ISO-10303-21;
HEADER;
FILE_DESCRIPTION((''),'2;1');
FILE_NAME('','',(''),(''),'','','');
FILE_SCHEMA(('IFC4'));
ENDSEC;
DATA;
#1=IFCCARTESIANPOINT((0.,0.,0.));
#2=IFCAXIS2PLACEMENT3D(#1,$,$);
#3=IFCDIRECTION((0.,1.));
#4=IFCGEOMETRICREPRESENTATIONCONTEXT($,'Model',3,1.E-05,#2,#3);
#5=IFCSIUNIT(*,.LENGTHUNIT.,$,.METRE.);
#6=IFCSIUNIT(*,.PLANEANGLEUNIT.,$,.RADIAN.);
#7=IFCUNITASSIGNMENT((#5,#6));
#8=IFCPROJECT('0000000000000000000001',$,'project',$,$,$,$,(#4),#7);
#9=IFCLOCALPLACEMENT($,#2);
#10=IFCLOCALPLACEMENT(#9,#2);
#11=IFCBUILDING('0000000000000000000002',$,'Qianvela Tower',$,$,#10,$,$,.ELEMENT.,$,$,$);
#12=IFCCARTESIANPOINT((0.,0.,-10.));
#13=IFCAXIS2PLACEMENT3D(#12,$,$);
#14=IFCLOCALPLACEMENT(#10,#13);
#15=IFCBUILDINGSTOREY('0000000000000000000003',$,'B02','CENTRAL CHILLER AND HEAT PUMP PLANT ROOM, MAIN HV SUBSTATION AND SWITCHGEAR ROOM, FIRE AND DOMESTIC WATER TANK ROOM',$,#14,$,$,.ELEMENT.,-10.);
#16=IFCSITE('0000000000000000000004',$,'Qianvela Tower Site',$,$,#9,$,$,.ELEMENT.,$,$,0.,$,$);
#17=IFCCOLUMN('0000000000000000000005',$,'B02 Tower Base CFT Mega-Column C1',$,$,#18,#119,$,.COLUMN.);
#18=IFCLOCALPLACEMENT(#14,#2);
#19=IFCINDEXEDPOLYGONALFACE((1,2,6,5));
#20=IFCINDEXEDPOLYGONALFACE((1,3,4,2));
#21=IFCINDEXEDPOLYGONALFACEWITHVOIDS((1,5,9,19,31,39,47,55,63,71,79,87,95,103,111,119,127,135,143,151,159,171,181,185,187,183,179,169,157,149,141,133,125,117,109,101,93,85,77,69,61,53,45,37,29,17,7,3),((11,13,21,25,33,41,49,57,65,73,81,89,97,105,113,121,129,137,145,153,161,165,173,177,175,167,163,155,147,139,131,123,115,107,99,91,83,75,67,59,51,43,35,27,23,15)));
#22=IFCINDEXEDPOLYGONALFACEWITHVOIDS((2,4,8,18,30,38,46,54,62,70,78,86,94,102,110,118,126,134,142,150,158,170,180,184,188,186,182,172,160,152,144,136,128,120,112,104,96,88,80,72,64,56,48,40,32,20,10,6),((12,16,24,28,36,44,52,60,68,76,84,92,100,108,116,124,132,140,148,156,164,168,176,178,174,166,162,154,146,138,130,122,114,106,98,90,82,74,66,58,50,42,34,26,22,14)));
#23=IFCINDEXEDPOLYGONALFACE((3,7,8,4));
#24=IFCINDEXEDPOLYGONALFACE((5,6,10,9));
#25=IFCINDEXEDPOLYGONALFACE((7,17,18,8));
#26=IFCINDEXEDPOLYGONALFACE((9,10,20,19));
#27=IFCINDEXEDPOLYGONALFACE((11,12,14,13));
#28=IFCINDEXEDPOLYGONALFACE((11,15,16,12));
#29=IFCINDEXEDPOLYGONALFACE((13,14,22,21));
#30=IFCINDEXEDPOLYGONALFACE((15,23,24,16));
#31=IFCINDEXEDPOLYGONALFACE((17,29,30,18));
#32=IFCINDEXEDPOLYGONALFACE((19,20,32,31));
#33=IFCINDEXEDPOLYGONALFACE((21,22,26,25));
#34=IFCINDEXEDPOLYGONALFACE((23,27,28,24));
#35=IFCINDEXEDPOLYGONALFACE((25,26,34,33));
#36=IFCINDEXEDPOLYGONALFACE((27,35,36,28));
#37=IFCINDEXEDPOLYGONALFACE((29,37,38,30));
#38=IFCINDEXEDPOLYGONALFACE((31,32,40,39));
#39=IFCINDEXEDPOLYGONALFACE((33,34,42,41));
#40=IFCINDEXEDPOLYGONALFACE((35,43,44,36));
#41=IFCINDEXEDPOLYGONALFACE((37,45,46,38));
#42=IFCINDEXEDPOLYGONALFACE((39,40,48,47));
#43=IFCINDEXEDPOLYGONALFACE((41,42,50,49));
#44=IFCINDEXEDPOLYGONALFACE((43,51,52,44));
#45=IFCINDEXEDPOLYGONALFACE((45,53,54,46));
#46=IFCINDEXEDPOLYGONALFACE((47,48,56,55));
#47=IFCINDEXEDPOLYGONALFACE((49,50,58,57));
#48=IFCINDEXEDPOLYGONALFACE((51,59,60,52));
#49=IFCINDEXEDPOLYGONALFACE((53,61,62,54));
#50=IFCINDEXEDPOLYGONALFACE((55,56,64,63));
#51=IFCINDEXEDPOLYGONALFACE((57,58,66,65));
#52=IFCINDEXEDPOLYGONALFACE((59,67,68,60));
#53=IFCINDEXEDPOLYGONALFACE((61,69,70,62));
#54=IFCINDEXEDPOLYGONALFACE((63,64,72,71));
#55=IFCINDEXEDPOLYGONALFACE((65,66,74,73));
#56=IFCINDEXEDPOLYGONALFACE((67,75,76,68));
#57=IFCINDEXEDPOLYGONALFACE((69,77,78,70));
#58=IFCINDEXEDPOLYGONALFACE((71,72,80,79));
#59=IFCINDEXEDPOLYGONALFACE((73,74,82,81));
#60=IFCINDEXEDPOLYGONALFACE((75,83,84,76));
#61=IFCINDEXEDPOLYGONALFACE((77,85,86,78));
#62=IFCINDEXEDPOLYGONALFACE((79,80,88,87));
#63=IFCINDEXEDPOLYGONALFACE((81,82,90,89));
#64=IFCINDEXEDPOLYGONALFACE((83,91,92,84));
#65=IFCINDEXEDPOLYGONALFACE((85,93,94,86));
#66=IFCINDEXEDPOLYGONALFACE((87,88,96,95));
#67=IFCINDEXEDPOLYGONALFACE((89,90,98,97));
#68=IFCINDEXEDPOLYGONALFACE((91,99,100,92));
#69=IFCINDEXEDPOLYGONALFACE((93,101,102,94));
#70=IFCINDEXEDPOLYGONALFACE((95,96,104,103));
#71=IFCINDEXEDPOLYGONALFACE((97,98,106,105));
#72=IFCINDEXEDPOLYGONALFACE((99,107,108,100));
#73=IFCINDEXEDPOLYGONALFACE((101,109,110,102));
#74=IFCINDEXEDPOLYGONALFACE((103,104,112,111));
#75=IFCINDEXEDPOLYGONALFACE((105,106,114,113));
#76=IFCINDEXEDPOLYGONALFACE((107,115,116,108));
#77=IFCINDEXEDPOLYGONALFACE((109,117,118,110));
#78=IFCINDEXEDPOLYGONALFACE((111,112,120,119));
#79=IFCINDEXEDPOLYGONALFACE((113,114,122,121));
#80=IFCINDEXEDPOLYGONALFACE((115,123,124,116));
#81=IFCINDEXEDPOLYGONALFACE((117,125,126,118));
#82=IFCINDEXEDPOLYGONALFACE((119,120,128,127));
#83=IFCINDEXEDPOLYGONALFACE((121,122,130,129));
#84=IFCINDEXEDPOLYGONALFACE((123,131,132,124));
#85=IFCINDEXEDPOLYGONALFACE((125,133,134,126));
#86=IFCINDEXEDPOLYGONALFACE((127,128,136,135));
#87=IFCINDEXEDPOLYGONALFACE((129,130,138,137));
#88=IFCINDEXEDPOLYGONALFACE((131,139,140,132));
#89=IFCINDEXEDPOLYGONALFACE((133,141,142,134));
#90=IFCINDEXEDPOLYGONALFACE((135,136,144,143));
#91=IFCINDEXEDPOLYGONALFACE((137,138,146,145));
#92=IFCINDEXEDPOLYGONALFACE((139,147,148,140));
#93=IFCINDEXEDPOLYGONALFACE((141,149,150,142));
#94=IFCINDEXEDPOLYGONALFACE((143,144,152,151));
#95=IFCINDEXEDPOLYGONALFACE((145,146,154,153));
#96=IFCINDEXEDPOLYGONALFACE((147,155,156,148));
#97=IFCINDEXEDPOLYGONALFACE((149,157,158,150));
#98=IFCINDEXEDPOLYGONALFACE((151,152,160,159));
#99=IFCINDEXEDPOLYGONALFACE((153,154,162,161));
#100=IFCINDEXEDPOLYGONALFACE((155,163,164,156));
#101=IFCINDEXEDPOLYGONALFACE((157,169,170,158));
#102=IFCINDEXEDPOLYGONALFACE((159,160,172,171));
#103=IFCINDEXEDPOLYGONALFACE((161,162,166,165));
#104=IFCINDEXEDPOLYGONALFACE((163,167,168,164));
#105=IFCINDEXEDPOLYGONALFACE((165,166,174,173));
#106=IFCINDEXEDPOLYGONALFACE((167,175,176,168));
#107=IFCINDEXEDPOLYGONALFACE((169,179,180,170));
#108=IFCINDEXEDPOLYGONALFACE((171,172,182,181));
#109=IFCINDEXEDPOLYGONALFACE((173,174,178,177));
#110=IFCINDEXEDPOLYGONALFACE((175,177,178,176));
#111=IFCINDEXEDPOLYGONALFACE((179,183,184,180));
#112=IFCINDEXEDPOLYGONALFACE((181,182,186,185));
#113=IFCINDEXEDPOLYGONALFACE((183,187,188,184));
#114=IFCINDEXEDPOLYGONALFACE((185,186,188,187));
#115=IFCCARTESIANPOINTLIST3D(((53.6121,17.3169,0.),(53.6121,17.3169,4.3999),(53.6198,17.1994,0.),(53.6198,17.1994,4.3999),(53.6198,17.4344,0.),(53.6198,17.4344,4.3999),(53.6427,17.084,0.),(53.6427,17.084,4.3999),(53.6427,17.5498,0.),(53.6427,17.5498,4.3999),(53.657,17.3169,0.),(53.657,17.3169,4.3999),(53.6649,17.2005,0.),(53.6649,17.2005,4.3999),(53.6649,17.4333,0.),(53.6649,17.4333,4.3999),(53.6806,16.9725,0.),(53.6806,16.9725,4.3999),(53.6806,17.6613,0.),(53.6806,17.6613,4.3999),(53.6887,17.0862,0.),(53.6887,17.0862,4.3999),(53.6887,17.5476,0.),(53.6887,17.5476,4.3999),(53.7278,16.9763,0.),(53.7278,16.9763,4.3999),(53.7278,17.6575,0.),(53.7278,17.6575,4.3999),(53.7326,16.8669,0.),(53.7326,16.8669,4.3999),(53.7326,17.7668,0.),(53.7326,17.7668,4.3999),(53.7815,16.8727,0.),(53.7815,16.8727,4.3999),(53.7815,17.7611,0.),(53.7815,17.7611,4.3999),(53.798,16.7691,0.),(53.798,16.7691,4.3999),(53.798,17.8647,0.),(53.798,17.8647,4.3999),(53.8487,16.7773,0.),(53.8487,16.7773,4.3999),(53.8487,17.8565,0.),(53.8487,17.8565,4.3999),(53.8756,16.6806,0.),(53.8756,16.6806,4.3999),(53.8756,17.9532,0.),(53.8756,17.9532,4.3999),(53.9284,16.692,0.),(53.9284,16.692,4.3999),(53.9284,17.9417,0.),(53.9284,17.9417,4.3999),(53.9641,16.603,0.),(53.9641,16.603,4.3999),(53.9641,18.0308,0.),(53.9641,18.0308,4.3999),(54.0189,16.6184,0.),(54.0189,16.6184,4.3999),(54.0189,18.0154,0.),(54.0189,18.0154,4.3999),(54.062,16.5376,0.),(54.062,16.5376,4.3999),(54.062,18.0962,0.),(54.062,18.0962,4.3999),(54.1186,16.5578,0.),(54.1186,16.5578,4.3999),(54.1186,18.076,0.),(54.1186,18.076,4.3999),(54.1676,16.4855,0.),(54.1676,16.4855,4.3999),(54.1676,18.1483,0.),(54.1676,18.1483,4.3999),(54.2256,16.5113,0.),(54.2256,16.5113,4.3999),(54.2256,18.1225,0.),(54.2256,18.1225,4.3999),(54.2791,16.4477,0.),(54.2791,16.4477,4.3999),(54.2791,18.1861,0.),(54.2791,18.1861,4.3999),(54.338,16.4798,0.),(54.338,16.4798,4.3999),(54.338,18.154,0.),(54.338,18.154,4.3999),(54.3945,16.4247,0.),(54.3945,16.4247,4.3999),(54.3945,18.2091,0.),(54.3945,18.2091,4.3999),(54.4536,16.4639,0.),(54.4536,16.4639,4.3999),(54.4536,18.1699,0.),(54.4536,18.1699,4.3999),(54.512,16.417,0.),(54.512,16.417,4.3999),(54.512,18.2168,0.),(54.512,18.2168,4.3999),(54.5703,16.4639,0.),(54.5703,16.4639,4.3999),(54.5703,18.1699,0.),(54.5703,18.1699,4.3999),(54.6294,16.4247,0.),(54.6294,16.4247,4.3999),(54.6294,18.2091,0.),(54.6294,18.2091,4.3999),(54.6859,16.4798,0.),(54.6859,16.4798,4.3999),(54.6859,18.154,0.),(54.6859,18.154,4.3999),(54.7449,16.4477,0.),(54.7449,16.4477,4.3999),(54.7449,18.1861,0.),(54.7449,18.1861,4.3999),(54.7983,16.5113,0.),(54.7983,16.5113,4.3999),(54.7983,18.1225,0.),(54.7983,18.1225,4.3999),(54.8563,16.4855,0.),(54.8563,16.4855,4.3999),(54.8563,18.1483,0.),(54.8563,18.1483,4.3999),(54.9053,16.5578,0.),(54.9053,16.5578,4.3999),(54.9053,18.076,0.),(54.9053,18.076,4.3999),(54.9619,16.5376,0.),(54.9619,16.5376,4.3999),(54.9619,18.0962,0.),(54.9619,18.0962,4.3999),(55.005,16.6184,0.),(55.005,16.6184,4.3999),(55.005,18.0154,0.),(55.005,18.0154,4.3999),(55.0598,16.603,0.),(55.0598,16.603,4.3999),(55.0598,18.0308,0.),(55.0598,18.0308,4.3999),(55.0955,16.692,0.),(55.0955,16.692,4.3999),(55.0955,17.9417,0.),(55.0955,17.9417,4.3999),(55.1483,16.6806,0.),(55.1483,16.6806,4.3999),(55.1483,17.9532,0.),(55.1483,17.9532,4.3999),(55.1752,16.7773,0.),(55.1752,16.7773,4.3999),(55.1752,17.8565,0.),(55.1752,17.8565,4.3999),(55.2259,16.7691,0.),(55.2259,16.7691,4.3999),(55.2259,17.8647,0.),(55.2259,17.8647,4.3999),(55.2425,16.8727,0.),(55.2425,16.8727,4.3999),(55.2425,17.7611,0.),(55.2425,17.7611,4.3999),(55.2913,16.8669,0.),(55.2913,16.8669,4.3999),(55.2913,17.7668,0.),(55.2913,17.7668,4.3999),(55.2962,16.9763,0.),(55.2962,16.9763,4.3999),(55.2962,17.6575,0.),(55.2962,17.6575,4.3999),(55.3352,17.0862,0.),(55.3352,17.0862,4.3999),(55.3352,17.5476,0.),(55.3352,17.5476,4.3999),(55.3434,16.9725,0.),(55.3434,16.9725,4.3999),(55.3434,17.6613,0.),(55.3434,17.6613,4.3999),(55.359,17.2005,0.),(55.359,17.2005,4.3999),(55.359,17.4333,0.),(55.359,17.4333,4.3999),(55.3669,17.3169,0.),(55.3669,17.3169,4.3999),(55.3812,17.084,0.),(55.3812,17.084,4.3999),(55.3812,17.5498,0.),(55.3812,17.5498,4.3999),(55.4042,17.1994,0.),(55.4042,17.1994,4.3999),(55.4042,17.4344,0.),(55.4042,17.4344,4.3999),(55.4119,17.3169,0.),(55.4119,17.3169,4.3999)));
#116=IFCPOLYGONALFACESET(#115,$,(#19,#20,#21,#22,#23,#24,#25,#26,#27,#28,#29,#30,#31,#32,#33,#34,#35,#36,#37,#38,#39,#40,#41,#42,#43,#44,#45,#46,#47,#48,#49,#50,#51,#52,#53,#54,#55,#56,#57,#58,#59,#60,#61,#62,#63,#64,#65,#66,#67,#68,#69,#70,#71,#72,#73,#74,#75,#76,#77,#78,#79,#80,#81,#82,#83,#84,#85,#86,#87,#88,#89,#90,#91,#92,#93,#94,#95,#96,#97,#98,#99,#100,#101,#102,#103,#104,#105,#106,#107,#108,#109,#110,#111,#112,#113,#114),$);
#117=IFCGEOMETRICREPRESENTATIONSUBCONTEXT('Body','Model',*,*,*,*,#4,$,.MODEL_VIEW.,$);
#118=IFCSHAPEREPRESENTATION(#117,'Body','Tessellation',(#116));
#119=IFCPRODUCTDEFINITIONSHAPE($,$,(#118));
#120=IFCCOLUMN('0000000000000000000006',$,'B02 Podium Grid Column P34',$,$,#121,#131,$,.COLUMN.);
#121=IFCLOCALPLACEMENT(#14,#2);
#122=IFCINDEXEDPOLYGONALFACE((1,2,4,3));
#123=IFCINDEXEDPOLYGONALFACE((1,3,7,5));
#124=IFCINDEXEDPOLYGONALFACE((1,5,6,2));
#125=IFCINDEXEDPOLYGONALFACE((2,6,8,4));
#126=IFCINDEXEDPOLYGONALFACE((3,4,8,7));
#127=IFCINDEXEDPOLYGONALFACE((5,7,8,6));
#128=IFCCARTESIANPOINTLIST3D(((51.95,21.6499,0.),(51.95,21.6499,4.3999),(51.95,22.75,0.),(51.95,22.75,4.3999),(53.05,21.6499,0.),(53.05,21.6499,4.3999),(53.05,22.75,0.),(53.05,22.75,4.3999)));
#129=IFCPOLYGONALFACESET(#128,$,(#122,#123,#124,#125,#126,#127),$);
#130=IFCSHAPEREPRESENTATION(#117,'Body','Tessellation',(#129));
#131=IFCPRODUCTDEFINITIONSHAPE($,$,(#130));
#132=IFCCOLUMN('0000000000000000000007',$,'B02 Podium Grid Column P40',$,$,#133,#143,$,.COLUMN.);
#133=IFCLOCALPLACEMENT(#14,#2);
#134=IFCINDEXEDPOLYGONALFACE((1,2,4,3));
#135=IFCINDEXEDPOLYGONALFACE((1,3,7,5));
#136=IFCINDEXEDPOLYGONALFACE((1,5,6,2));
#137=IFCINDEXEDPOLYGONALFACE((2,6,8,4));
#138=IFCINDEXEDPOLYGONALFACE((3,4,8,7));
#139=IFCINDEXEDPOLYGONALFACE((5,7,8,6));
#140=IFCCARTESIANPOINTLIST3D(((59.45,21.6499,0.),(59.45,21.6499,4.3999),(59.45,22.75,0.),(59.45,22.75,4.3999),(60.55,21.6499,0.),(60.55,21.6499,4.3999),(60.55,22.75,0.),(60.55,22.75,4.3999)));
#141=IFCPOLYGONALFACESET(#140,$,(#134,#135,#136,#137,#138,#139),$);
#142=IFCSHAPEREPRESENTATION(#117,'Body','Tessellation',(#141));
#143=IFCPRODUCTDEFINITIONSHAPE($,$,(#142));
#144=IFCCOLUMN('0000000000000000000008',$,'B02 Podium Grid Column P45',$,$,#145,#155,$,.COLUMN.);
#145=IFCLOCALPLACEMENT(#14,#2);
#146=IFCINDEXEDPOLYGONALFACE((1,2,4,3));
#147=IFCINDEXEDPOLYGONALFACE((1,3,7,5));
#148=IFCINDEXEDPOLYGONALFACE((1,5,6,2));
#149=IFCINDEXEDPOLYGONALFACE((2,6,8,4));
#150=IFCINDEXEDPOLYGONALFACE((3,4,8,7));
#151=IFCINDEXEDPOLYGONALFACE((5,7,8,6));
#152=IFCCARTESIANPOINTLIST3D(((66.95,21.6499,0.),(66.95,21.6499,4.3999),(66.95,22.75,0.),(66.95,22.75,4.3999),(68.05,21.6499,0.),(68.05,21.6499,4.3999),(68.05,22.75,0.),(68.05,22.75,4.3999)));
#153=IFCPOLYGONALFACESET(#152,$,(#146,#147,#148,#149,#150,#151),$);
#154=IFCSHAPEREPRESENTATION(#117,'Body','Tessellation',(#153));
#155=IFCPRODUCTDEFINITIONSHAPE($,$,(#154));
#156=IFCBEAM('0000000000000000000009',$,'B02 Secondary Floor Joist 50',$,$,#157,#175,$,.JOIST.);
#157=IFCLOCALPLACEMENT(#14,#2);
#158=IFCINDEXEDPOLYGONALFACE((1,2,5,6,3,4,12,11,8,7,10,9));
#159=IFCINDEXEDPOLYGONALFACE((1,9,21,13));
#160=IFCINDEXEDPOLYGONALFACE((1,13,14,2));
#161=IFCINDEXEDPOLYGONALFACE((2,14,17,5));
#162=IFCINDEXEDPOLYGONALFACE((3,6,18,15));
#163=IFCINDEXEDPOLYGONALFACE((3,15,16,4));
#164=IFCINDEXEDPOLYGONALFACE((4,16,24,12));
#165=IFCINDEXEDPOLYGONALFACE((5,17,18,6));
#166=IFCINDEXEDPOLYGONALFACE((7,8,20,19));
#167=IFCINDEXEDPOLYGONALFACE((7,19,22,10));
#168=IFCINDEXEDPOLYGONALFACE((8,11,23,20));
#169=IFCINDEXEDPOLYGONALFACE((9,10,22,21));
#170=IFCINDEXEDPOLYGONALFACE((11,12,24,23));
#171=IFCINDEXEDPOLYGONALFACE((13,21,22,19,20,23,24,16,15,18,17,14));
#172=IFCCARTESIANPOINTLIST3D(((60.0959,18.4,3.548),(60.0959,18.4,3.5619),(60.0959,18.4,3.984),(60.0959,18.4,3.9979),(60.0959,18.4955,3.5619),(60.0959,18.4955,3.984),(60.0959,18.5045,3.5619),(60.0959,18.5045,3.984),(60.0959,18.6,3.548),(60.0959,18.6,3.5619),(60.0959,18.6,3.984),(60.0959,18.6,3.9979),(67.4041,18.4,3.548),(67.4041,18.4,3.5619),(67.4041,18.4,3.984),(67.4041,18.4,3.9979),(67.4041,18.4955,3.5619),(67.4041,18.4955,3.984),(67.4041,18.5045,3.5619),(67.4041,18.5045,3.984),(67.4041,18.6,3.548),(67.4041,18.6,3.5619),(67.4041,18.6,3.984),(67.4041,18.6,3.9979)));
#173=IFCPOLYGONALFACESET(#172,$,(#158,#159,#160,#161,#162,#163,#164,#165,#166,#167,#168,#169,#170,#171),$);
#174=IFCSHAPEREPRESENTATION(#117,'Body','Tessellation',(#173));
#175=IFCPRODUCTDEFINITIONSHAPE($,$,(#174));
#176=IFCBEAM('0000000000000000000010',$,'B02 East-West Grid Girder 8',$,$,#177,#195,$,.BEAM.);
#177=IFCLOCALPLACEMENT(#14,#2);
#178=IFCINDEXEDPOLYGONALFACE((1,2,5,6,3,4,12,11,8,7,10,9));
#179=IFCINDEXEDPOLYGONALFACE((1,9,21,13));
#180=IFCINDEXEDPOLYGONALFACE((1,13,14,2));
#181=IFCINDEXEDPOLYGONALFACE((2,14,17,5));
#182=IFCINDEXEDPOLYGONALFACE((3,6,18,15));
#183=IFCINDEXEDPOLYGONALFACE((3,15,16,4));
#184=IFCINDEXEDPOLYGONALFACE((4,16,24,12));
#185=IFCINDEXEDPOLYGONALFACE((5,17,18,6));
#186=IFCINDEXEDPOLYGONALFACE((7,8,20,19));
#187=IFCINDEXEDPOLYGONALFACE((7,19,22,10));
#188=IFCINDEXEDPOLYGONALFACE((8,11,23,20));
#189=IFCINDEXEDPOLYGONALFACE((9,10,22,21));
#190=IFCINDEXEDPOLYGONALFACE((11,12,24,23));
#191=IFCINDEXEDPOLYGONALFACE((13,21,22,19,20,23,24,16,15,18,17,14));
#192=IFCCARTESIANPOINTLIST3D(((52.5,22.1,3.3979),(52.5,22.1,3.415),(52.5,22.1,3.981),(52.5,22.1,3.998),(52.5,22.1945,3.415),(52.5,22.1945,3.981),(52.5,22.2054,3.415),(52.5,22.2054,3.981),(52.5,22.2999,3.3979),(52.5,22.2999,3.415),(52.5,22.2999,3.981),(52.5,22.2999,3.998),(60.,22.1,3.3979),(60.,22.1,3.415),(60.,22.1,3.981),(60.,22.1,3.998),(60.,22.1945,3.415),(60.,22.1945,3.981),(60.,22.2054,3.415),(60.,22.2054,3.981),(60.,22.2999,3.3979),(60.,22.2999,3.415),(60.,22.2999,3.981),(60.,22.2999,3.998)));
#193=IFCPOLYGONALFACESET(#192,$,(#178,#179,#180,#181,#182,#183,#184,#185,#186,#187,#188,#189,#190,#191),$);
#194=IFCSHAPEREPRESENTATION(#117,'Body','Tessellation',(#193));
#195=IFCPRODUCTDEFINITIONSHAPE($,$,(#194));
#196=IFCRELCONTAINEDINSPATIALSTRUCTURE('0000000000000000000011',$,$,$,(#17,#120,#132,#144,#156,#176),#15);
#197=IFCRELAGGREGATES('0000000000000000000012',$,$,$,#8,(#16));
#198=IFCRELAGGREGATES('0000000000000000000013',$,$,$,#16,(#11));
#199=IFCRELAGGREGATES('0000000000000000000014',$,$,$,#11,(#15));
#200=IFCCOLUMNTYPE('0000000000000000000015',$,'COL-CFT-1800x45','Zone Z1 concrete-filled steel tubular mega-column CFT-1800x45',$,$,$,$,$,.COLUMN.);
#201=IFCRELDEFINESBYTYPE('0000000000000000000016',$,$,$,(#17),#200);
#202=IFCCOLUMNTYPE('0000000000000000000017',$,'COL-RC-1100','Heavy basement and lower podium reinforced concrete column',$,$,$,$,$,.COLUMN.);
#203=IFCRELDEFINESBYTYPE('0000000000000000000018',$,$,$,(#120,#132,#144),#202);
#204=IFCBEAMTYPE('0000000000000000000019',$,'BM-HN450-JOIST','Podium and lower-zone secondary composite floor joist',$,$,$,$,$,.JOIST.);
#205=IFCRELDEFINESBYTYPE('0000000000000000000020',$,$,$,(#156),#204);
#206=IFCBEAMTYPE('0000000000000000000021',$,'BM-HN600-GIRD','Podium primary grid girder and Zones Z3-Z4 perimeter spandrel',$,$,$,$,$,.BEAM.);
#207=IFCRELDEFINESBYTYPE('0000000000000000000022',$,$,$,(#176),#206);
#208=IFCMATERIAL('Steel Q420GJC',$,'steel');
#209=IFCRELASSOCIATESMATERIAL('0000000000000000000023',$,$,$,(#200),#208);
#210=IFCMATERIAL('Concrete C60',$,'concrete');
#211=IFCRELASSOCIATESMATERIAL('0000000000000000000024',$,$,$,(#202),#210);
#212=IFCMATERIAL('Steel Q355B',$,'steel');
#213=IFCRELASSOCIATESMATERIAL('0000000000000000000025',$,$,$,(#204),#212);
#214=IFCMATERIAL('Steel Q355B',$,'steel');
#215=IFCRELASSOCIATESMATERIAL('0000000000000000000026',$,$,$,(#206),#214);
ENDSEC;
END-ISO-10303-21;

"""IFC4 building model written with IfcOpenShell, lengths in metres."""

from ifc_helpers import new_model, si_unit, direction, frame, origin, origin_2d, place, context, subcontext, project, spatial, rectangle, hollow_circle, i_section, extrude, material, material_profile, profile_set, type_object, element, save


model = new_model("IFC4")

# Units and contexts
model_context = context("Model", 3, precision=1e-05, world=origin(), true_north=direction((0.0, 1.0)))
body_context = subcontext(model_context, "Body", "Model", "MODEL_VIEW")
ifc_project = project(units=[si_unit("LENGTHUNIT", "METRE"), si_unit("PLANEANGLEUNIT", "RADIAN")], contexts=[model_context])

# Site, building, storey
site_placement = place(None, origin())
site = spatial("IfcSite", under=ifc_project, at=site_placement, Name="Qianvela Tower Site", CompositionType="ELEMENT", RefElevation=0.0)
building_placement = place(site_placement, origin())
building = spatial("IfcBuilding", under=site, at=building_placement, Name="Qianvela Tower", CompositionType="ELEMENT")
storey_placement = place(building_placement, frame((0.0, 0.0, -10.0)))
storey = spatial("IfcBuildingStorey", under=building, at=storey_placement, Name="B02", Description="CENTRAL CHILLER AND HEAT PUMP PLANT ROOM, MAIN HV SUBSTATION AND SWITCHGEAR ROOM, FIRE AND DOMESTIC WATER TANK ROOM", CompositionType="ELEMENT", Elevation=-10.0)

# Columns
ifc_material_1 = material(Name="Steel Q420GJC", Category="steel")
ifc_material_profile_1 = material_profile(ifc_material_1, hollow_circle(Radius=0.8999, WallThickness=0.0449, at=origin_2d()), Name="CFT-1800x45")
ifc_profile_set_1 = profile_set([ifc_material_profile_1], Name="Steel Q420GJC")
column_type_1 = type_object("IfcColumnType", Name="COL-CFT-1800x45", Description="Zone Z1 concrete-filled steel tubular mega-column CFT-1800x45", PredefinedType="COLUMN", material=ifc_profile_set_1)
column_placement = place(storey_placement, frame((54.512, 17.3169, 0.0), z_axis=(0.0, 0.0, 1.0), x_axis=(1.0, 0.0, 0.0)))
element("IfcColumn", 1, at=column_placement, inside=storey, type_object=column_type_1, Name="B02 Tower Base CFT Mega-Column C1", PredefinedType="COLUMN", context=body_context, shape_type="SweptSolid", body=[
    extrude(hollow_circle(Radius=0.8999, WallThickness=0.0449, at=origin_2d()), origin(), (0.0, 0.0, 1.0), 4.3999),
])
ifc_material_2 = material(Name="Concrete C60", Category="concrete")
ifc_material_profile_2 = material_profile(ifc_material_2, rectangle(XDim=1.1001, YDim=1.1001, at=origin_2d()), Name="RC-COL-1100x1100")
ifc_profile_set_2 = profile_set([ifc_material_profile_2], Name="Concrete C60")
column_type_2 = type_object("IfcColumnType", Name="COL-RC-1100", Description="Heavy basement and lower podium reinforced concrete column", PredefinedType="COLUMN", material=ifc_profile_set_2)
for number, where, z_axis, x_axis, name in (
    (2, (52.5, 22.2, 0.0), (0.0, 0.0, 1.0), (1.0, 0.0, 0.0), "B02 Podium Grid Column P34"),
    (3, (60.0, 22.2, 0.0), (0.0, 0.0, 1.0), (1.0, 0.0, 0.0), "B02 Podium Grid Column P40"),
    (4, (67.5, 22.2, 0.0), (0.0, 0.0, 1.0), (1.0, 0.0, 0.0), "B02 Podium Grid Column P45"),
):
    element("IfcColumn", number, at=place(storey_placement, frame(where, z_axis=z_axis, x_axis=x_axis)), inside=storey, type_object=column_type_2, Name=name, PredefinedType="COLUMN", context=body_context, shape_type="SweptSolid", body=[
        extrude(rectangle(XDim=1.1001, YDim=1.1001, at=origin_2d()), origin(), (0.0, 0.0, 1.0), 4.3999),
    ])

# Beams
ifc_material_3 = material(Name="Steel Q355B", Category="steel")
ifc_material_profile_3 = material_profile(ifc_material_3, i_section(OverallWidth=0.2, OverallDepth=0.45, WebThickness=0.009, FlangeThickness=0.0139, at=origin_2d()), Name="HN450x200x9x14")
ifc_profile_set_3 = profile_set([ifc_material_profile_3], Name="Steel Q355B")
beam_type_1 = type_object("IfcBeamType", Name="BM-HN450-JOIST", Description="Podium and lower-zone secondary composite floor joist", PredefinedType="JOIST", material=ifc_profile_set_3)
beam_placement = place(storey_placement, frame((60.0959, 18.5, 3.7729), z_axis=(1.0, 0.0, 0.0), x_axis=(0.0, 1.0, 0.0)))
element("IfcBeam", 5, at=beam_placement, inside=storey, type_object=beam_type_1, Name="B02 Secondary Floor Joist 50", PredefinedType="JOIST", context=body_context, shape_type="SweptSolid", body=[
    extrude(i_section(OverallWidth=0.2, OverallDepth=0.45, WebThickness=0.009, FlangeThickness=0.0139, at=origin_2d()), origin(), (0.0, 0.0, 1.0), 7.3081),
])
ifc_material_4 = material(Name="Steel Q355B", Category="steel")
ifc_material_profile_4 = material_profile(ifc_material_4, i_section(OverallWidth=0.2, OverallDepth=0.6001, WebThickness=0.011, FlangeThickness=0.0171, at=origin_2d()), Name="HN600x200x11x17")
ifc_profile_set_4 = profile_set([ifc_material_profile_4], Name="Steel Q355B")
beam_type_2 = type_object("IfcBeamType", Name="BM-HN600-GIRD", Description="Podium primary grid girder and Zones Z3-Z4 perimeter spandrel", PredefinedType="BEAM", material=ifc_profile_set_4)
for number, where, z_axis, x_axis, name in (
    (6, (52.5, 22.2, 3.698), (1.0, 0.0, 0.0), (0.0, 1.0, 0.0), "B02 East-West Grid Girder 8"),
):
    element("IfcBeam", number, at=place(storey_placement, frame(where, z_axis=z_axis, x_axis=x_axis)), inside=storey, type_object=beam_type_2, Name=name, PredefinedType="BEAM", context=body_context, shape_type="SweptSolid", body=[
        extrude(i_section(OverallWidth=0.2, OverallDepth=0.6001, WebThickness=0.011, FlangeThickness=0.0171, at=origin_2d()), origin(), (0.0, 0.0, 1.0), 7.5),
    ])

save(model, "model.ifc")
